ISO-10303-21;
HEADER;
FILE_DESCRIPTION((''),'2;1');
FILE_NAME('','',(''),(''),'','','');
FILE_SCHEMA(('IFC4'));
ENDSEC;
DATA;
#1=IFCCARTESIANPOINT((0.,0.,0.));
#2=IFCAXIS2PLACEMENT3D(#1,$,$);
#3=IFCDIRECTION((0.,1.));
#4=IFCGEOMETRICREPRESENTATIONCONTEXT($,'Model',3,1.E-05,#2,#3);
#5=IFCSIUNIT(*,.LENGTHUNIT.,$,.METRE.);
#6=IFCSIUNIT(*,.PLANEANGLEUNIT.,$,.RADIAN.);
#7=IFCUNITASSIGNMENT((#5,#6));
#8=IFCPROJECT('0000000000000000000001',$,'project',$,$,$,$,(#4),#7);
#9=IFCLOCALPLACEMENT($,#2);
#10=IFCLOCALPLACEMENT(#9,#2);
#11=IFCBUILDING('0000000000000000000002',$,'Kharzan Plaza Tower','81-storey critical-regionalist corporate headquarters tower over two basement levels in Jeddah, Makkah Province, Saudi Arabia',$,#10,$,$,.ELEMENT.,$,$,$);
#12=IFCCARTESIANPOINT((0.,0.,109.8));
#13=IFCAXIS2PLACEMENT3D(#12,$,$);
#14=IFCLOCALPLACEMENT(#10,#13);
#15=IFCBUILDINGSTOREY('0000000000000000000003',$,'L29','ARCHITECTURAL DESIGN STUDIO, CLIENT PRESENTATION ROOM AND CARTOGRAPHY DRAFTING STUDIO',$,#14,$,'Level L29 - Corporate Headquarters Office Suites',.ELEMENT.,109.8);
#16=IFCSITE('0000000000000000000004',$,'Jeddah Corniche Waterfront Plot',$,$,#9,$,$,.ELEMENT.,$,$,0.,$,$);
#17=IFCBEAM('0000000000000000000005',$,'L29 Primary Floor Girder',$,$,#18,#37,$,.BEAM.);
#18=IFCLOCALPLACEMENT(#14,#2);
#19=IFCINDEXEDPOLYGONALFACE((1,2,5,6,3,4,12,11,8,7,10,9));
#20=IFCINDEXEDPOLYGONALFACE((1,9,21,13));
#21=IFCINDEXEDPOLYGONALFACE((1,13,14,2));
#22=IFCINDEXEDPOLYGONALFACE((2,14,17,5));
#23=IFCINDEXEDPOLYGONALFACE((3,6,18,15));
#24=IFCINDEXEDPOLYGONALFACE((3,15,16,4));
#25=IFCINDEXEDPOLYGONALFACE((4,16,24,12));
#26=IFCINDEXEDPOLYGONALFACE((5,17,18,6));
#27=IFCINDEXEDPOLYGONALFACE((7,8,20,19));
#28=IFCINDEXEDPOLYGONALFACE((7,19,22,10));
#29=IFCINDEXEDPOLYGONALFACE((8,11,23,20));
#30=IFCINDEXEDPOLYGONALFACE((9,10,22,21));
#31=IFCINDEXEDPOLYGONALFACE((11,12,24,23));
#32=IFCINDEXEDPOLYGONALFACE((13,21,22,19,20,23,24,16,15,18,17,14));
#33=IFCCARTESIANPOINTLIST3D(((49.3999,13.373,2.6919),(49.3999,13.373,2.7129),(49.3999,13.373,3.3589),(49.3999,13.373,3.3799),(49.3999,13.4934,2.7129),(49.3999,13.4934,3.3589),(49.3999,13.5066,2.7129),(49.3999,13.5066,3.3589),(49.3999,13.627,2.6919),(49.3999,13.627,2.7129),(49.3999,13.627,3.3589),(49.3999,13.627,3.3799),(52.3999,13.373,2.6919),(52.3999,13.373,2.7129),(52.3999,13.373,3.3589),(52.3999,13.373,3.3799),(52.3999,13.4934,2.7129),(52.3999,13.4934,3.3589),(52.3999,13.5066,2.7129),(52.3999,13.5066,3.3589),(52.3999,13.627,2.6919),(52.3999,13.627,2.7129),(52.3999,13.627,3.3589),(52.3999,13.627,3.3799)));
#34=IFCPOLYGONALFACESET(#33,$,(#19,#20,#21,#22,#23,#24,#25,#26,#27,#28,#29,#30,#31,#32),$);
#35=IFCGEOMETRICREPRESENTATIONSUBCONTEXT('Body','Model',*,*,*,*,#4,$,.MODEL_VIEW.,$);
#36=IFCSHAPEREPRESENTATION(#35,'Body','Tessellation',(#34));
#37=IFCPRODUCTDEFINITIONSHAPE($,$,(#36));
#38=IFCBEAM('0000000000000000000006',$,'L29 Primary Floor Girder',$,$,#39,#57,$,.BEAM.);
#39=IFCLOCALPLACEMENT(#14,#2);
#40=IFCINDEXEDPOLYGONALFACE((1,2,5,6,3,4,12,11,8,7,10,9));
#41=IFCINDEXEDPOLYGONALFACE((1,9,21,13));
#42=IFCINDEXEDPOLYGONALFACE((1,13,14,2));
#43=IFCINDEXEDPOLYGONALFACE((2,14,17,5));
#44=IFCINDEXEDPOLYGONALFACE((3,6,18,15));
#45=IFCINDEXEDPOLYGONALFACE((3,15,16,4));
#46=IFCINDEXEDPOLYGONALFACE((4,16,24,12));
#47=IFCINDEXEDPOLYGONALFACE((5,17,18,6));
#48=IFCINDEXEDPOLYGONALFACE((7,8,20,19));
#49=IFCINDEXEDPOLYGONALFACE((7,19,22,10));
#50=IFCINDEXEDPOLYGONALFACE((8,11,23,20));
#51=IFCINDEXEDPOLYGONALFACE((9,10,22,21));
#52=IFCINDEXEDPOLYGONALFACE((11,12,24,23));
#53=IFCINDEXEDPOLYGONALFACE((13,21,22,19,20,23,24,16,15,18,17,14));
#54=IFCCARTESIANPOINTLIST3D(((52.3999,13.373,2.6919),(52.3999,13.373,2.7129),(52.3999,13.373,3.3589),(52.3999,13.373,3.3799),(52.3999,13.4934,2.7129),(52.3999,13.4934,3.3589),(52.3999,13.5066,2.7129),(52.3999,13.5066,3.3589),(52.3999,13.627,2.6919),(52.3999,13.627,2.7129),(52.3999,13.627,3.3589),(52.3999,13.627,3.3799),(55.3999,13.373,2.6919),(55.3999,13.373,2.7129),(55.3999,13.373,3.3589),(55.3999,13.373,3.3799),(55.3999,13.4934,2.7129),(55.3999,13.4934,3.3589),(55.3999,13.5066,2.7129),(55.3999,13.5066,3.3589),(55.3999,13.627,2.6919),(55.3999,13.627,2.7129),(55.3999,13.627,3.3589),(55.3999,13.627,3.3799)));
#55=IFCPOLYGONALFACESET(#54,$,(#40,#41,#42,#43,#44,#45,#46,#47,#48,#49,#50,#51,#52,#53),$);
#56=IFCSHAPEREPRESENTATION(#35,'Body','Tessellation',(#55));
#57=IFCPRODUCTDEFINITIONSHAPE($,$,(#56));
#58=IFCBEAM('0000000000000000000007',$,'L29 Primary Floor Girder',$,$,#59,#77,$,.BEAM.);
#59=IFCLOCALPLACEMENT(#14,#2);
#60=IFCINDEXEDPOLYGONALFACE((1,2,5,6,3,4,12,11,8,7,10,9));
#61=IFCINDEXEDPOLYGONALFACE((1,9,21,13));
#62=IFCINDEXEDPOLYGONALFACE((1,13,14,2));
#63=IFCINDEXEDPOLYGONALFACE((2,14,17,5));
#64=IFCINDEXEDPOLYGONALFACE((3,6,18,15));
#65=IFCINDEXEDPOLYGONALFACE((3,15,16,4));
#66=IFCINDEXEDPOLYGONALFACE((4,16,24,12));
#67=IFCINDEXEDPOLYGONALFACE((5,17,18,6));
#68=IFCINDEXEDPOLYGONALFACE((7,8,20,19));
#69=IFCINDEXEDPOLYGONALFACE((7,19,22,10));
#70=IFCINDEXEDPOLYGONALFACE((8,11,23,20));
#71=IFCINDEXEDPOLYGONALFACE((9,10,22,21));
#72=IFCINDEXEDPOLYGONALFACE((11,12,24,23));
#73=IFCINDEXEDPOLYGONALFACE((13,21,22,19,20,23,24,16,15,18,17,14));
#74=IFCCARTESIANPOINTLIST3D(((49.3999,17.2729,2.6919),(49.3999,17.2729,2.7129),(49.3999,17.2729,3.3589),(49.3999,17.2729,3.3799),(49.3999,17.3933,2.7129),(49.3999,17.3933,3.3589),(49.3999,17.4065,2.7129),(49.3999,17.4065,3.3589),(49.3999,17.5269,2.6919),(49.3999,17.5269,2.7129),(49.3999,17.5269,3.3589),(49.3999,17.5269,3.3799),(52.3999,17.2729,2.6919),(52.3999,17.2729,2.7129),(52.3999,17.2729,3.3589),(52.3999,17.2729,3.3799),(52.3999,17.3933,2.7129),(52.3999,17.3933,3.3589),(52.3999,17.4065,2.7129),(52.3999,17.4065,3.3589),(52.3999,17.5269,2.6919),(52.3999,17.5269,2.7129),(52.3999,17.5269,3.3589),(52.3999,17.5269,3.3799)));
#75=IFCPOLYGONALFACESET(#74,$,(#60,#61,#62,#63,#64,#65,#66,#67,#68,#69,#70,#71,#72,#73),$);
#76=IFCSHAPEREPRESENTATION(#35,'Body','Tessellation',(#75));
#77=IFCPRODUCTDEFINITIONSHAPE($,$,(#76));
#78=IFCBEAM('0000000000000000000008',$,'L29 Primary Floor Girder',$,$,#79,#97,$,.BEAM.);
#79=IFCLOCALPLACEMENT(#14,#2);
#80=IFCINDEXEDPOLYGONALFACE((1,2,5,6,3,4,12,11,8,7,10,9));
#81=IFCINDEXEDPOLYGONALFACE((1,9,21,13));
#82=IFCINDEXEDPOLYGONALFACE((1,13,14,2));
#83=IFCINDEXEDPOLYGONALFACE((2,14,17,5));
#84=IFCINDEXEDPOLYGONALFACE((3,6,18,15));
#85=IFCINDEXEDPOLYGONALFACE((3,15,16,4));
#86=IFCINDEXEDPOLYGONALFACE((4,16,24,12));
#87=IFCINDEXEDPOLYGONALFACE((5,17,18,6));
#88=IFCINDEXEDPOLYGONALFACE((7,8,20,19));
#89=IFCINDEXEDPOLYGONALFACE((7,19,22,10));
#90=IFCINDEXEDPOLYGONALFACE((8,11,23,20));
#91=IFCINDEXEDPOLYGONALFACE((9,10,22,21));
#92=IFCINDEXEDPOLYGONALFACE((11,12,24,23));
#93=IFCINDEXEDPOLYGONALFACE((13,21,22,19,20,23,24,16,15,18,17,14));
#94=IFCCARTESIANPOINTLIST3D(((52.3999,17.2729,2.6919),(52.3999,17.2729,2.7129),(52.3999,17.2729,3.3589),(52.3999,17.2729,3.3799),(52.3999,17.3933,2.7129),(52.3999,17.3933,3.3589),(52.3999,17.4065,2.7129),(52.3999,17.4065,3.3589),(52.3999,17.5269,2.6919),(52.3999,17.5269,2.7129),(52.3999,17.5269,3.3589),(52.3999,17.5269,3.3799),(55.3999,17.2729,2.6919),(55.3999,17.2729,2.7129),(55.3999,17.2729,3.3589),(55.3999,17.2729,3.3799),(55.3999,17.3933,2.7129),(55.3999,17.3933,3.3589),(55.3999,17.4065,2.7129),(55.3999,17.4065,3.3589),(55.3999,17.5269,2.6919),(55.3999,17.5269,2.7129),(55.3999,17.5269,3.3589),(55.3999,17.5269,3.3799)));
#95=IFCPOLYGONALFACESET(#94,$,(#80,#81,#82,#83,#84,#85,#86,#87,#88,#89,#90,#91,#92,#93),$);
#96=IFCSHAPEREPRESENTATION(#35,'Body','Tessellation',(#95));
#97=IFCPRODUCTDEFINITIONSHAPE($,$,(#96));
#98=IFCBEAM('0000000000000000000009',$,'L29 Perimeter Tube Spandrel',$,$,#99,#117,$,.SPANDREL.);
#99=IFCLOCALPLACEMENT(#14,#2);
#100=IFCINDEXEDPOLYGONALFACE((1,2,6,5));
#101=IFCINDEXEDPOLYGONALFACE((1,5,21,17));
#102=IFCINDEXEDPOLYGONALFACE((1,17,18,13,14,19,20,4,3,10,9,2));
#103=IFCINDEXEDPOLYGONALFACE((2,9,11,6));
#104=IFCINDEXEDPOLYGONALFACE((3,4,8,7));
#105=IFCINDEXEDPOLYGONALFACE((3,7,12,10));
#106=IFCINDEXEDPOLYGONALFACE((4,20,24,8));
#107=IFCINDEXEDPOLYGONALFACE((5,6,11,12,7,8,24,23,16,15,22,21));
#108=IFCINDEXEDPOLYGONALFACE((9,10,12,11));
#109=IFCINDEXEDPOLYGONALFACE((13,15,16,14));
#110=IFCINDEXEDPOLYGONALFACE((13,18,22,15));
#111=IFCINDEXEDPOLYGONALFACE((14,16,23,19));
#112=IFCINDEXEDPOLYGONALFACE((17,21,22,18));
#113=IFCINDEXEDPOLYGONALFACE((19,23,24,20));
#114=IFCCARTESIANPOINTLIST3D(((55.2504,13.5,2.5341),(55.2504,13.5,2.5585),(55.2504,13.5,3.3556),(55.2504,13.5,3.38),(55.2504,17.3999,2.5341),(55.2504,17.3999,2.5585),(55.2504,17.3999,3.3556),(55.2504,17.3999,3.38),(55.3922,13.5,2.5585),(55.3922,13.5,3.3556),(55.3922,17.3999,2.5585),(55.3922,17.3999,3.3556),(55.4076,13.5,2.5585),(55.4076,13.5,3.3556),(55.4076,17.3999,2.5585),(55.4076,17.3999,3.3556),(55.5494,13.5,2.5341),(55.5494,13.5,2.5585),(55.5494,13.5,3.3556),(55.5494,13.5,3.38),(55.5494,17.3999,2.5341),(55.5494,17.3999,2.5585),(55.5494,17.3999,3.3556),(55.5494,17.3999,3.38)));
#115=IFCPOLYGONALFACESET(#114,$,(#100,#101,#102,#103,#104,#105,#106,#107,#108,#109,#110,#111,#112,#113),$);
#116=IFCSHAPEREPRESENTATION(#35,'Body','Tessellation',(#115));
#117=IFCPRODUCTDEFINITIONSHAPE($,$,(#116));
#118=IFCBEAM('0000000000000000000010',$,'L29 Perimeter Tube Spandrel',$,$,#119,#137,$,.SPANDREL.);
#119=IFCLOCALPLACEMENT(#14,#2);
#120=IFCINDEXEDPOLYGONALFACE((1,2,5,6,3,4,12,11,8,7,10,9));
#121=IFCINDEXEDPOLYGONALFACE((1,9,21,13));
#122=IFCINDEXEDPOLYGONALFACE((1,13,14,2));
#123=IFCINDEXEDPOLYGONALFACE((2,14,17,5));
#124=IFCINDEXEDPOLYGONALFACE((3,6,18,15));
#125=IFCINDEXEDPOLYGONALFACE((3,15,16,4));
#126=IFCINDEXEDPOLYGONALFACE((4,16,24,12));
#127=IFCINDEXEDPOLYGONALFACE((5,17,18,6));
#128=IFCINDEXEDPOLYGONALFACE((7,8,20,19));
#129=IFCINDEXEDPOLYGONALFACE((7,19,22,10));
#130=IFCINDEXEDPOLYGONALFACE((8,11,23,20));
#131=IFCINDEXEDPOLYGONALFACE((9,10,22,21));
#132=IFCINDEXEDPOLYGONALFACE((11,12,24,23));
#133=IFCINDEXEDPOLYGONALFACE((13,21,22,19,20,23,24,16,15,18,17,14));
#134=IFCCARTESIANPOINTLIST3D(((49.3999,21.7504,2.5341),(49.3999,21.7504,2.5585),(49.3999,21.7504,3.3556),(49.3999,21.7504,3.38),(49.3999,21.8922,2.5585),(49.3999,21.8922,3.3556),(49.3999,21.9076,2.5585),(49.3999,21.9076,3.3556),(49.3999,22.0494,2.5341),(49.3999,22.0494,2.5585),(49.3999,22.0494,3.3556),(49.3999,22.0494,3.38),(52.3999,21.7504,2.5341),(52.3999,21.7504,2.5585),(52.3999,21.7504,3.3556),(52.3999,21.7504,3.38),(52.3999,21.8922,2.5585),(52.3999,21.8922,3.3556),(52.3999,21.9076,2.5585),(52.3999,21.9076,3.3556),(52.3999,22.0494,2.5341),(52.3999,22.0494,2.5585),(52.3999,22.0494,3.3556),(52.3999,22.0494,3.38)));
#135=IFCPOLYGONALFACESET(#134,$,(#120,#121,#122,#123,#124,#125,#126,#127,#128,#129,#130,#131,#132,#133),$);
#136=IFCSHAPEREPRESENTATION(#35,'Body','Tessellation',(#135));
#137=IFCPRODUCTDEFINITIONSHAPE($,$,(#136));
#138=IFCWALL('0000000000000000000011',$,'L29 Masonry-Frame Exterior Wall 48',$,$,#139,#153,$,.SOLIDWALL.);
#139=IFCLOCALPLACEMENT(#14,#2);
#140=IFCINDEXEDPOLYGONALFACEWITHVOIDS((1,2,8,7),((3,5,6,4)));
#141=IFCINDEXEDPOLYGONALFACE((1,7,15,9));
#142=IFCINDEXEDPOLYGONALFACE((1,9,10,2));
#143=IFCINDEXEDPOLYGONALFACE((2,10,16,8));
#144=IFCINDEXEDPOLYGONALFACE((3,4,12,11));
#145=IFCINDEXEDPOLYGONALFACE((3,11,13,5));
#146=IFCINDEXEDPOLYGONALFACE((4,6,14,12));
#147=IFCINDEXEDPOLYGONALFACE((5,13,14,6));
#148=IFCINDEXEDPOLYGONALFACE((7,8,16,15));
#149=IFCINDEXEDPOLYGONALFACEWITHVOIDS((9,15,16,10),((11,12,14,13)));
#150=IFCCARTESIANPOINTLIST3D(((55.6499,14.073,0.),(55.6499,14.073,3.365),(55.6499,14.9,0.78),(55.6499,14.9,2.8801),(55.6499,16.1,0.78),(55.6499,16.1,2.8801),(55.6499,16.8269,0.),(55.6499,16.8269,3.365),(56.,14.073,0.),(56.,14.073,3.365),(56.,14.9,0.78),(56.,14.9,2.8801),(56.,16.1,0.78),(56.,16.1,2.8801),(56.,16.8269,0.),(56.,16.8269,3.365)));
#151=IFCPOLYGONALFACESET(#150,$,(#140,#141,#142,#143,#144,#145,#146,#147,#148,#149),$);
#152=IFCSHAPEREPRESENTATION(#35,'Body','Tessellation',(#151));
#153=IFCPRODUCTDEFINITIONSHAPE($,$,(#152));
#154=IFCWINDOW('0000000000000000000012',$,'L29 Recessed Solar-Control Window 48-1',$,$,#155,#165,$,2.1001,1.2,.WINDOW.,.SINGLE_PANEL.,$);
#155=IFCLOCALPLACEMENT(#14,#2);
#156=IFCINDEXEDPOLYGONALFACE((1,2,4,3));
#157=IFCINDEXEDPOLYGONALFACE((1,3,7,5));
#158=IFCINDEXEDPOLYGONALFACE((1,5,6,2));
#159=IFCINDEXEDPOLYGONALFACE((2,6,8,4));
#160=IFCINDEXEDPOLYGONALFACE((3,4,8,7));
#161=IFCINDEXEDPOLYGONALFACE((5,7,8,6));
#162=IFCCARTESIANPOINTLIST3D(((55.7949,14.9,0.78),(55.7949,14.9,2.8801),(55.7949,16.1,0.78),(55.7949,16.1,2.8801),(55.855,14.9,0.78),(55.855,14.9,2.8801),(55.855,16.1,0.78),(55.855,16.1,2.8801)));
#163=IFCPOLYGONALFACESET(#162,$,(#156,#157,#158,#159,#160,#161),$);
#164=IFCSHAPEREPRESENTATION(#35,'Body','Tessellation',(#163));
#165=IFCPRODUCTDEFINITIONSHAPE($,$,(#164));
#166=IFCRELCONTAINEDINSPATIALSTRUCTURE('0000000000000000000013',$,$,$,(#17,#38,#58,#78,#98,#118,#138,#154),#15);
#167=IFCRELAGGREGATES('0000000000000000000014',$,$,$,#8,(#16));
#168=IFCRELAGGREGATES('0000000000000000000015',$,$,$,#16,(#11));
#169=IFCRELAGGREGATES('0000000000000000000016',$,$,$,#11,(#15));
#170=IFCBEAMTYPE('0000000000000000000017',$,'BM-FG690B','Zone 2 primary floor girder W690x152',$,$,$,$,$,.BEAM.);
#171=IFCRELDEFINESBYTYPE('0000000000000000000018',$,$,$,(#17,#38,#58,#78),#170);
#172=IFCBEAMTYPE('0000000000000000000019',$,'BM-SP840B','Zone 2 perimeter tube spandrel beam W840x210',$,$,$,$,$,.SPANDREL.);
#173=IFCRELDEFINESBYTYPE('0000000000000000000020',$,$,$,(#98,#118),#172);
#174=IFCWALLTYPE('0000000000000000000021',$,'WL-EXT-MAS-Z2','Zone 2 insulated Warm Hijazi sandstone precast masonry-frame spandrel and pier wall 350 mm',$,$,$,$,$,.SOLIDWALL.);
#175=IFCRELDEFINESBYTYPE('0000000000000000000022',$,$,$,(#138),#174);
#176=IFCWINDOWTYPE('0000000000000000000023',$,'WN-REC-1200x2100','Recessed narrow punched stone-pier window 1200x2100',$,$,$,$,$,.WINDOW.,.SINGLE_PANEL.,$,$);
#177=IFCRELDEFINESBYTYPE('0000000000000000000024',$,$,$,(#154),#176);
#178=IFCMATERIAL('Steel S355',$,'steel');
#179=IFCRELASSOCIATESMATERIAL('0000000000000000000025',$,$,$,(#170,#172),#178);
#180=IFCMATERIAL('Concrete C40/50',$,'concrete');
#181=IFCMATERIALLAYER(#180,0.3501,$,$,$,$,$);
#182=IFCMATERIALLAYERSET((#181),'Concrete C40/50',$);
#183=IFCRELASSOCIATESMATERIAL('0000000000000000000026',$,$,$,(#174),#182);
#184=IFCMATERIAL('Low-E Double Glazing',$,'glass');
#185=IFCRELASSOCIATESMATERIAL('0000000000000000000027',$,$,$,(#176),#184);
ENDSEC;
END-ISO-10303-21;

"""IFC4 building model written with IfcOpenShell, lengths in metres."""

from ifc_helpers import new_model, si_unit, direction, frame, frame_2d, origin, origin_2d, place, context, subcontext, project, spatial, rectangle, i_section, extrude, source, transform, mapped, material, layer, layer_set, material_profile, profile_set, type_object, element, fill, save


model = new_model("IFC4")

# Units and contexts
model_context = context("Model", 3, precision=1e-05, world=origin(), true_north=direction((0.0, 1.0)))
body_context = subcontext(model_context, "Body", "Model", "MODEL_VIEW")
ifc_project = project(units=[si_unit("LENGTHUNIT", "METRE"), si_unit("PLANEANGLEUNIT", "RADIAN")], contexts=[model_context])

# Site, building, storey
site_placement = place(None, origin())
site = spatial("IfcSite", under=ifc_project, at=site_placement, Name="Jeddah Corniche Waterfront Plot", CompositionType="ELEMENT", RefElevation=0.0)
building_placement = place(site_placement, origin())
building = spatial("IfcBuilding", under=site, at=building_placement, Name="Kharzan Plaza Tower", Description="81-storey critical-regionalist corporate headquarters tower over two basement levels in Jeddah, Makkah Province, Saudi Arabia", CompositionType="ELEMENT")
storey_placement = place(building_placement, frame((0.0, 0.0, 109.8)))
storey = spatial("IfcBuildingStorey", under=building, at=storey_placement, Name="L29", Description="ARCHITECTURAL DESIGN STUDIO, CLIENT PRESENTATION ROOM AND CARTOGRAPHY DRAFTING STUDIO", LongName="Level L29 - Corporate Headquarters Office Suites", CompositionType="ELEMENT", Elevation=109.8)

# Beams
ifc_material_1 = material(Name="Steel S355", Category="steel")
ifc_material_profile_1 = material_profile(ifc_material_1, i_section(OverallWidth=0.2539, OverallDepth=0.688, WebThickness=0.0132, FlangeThickness=0.021, at=origin_2d()), Name="W690x152")
ifc_profile_set_1 = profile_set([ifc_material_profile_1], Name="Steel S355")
beam_type_1 = type_object("IfcBeamType", Name="BM-FG690B", Description="Zone 2 primary floor girder W690x152", PredefinedType="BEAM", material=ifc_profile_set_1)
shared_shape_1 = source(origin(), body_context, "Body", "SweptSolid", [
    extrude(i_section(OverallWidth=0.2539, OverallDepth=0.688, WebThickness=0.0132, FlangeThickness=0.021, at=origin_2d()), origin(), (0.0, 0.0, 1.0), 3.0),
])
for number, where, z_axis, x_axis, name in (
    (1, (49.3999, 13.5, 3.0359), (1.0, 0.0, 0.0), (0.0, 1.0, 0.0), "L29 Primary Floor Girder"),
    (2, (52.3999, 13.5, 3.0359), (1.0, 0.0, 0.0), (0.0, 1.0, 0.0), "L29 Primary Floor Girder"),
    (3, (49.3999, 17.3999, 3.0359), (1.0, 0.0, 0.0), (0.0, 1.0, 0.0), "L29 Primary Floor Girder"),
    (4, (52.3999, 17.3999, 3.0359), (1.0, 0.0, 0.0), (0.0, 1.0, 0.0), "L29 Primary Floor Girder"),
):
    element("IfcBeam", number, at=place(storey_placement, frame(where, z_axis=z_axis, x_axis=x_axis)), inside=storey, type_object=beam_type_1, Name=name, PredefinedType="BEAM", context=body_context, shape_type="MappedRepresentation", body=[
        mapped(shared_shape_1, transform((0.0, 0.0, 0.0), x_axis=(1.0, 0.0, 0.0), y_axis=(0.0, 1.0, 0.0), z_axis=(0.0, 0.0, 1.0))),
    ])
ifc_material_profile_2 = material_profile(ifc_material_1, i_section(OverallWidth=0.2991, OverallDepth=0.8459, WebThickness=0.0154, FlangeThickness=0.0244, at=origin_2d()), Name="W840x210")
ifc_profile_set_2 = profile_set([ifc_material_profile_2], Name="Steel S355")
beam_type_2 = type_object("IfcBeamType", Name="BM-SP840B", Description="Zone 2 perimeter tube spandrel beam W840x210", PredefinedType="SPANDREL", material=ifc_profile_set_2)
shared_shape_2 = source(origin(), body_context, "Body", "SweptSolid", [
    extrude(i_section(OverallWidth=0.2991, OverallDepth=0.8459, WebThickness=0.0154, FlangeThickness=0.0244, at=origin_2d()), origin(), (0.0, 0.0, 1.0), 3.8999),
])
beam_1_placement = place(storey_placement, frame((55.3999, 13.5, 2.957), z_axis=(0.0, 1.0, 0.0), x_axis=(-1.0, 0.0, 0.0)))
element("IfcBeam", 5, at=beam_1_placement, inside=storey, type_object=beam_type_2, Name="L29 Perimeter Tube Spandrel", PredefinedType="SPANDREL", context=body_context, shape_type="MappedRepresentation", body=[
    mapped(shared_shape_2, transform((0.0, 0.0, 0.0), x_axis=(1.0, 0.0, 0.0), y_axis=(0.0, 1.0, 0.0), z_axis=(0.0, 0.0, 1.0))),
])
shared_shape_3 = source(origin(), body_context, "Body", "SweptSolid", [
    extrude(i_section(OverallWidth=0.2991, OverallDepth=0.8459, WebThickness=0.0154, FlangeThickness=0.0244, at=origin_2d()), origin(), (0.0, 0.0, 1.0), 3.0),
])
beam_2_placement = place(storey_placement, frame((49.3999, 21.8999, 2.957), z_axis=(1.0, 0.0, 0.0), x_axis=(0.0, 1.0, 0.0)))
element("IfcBeam", 6, at=beam_2_placement, inside=storey, type_object=beam_type_2, Name="L29 Perimeter Tube Spandrel", PredefinedType="SPANDREL", context=body_context, shape_type="MappedRepresentation", body=[
    mapped(shared_shape_3, transform((0.0, 0.0, 0.0), x_axis=(1.0, 0.0, 0.0), y_axis=(0.0, 1.0, 0.0), z_axis=(0.0, 0.0, 1.0))),
])

# Wall, opening, window
ifc_material_2 = material(Name="Concrete C40/50", Category="concrete")
ifc_layer = layer(ifc_material_2, 0.3501)
ifc_layer_set = layer_set([ifc_layer], Name="Concrete C40/50")
wall_type = type_object("IfcWallType", Name="WL-EXT-MAS-Z2", Description="Zone 2 insulated Warm Hijazi sandstone precast masonry-frame spandrel and pier wall 350 mm", PredefinedType="SOLIDWALL", material=ifc_layer_set)
wall_1_placement = place(storey_placement, frame((55.825, 14.073, 0.0), z_axis=(0.0, 0.0, 1.0), x_axis=(0.0, 1.0, 0.0)))
wall_1 = element("IfcWall", 7, at=wall_1_placement, inside=storey, type_object=wall_type, Name="L29 Masonry-Frame Exterior Wall 48", PredefinedType="SOLIDWALL", context=body_context, shape_type="SweptSolid", body=[
    extrude(rectangle(XDim=2.7539, YDim=0.3501, at=frame_2d((1.377, 0.0))), origin(), (0.0, 0.0, 1.0), 3.365),
])
opening_1_placement = place(wall_1_placement, frame((0.8269, 0.0, 0.78)))
opening_1 = element("IfcOpeningElement", 8, at=opening_1_placement, cuts=wall_1, PredefinedType="OPENING", context=body_context, shape_type="SweptSolid", body=[
    extrude(rectangle(XDim=1.2, YDim=2.1001, at=frame_2d((0.6001, 1.05))), frame((0.0, 0.1851, 0.0), z_axis=(0.0, -1.0, 0.0), x_axis=(1.0, 0.0, 0.0)), (0.0, 0.0, 1.0), 0.3701),
])
ifc_material_3 = material(Name="Low-E Double Glazing", Category="glass")
window_type_1 = type_object("IfcWindowType", Name="WN-REC-1200x2100", Description="Recessed narrow punched stone-pier window 1200x2100", PartitioningType="SINGLE_PANEL", PredefinedType="WINDOW", material=ifc_material_3)
shared_shape_4 = source(origin(), body_context, "Body", "SweptSolid", [
    extrude(rectangle(XDim=1.2, YDim=2.1001, at=frame_2d((0.6001, 1.05))), frame((0.0, 0.03, 0.0), z_axis=(0.0, -1.0, 0.0), x_axis=(1.0, 0.0, 0.0)), (0.0, 0.0, 1.0), 0.0601),
])
window_1_placement = place(opening_1_placement, origin())
window_1 = element("IfcWindow", 9, at=window_1_placement, inside=storey, type_object=window_type_1, Name="L29 Recessed Solar-Control Window 48-1", OverallHeight=2.1001, OverallWidth=1.2, PartitioningType="SINGLE_PANEL", PredefinedType="WINDOW", context=body_context, shape_type="MappedRepresentation", body=[
    mapped(shared_shape_4, transform((0.0, 0.0, 0.0), x_axis=(1.0, 0.0, 0.0), y_axis=(0.0, 1.0, 0.0), z_axis=(0.0, 0.0, 1.0))),
])
fill(opening_1, window_1)

save(model, "model.ifc")
